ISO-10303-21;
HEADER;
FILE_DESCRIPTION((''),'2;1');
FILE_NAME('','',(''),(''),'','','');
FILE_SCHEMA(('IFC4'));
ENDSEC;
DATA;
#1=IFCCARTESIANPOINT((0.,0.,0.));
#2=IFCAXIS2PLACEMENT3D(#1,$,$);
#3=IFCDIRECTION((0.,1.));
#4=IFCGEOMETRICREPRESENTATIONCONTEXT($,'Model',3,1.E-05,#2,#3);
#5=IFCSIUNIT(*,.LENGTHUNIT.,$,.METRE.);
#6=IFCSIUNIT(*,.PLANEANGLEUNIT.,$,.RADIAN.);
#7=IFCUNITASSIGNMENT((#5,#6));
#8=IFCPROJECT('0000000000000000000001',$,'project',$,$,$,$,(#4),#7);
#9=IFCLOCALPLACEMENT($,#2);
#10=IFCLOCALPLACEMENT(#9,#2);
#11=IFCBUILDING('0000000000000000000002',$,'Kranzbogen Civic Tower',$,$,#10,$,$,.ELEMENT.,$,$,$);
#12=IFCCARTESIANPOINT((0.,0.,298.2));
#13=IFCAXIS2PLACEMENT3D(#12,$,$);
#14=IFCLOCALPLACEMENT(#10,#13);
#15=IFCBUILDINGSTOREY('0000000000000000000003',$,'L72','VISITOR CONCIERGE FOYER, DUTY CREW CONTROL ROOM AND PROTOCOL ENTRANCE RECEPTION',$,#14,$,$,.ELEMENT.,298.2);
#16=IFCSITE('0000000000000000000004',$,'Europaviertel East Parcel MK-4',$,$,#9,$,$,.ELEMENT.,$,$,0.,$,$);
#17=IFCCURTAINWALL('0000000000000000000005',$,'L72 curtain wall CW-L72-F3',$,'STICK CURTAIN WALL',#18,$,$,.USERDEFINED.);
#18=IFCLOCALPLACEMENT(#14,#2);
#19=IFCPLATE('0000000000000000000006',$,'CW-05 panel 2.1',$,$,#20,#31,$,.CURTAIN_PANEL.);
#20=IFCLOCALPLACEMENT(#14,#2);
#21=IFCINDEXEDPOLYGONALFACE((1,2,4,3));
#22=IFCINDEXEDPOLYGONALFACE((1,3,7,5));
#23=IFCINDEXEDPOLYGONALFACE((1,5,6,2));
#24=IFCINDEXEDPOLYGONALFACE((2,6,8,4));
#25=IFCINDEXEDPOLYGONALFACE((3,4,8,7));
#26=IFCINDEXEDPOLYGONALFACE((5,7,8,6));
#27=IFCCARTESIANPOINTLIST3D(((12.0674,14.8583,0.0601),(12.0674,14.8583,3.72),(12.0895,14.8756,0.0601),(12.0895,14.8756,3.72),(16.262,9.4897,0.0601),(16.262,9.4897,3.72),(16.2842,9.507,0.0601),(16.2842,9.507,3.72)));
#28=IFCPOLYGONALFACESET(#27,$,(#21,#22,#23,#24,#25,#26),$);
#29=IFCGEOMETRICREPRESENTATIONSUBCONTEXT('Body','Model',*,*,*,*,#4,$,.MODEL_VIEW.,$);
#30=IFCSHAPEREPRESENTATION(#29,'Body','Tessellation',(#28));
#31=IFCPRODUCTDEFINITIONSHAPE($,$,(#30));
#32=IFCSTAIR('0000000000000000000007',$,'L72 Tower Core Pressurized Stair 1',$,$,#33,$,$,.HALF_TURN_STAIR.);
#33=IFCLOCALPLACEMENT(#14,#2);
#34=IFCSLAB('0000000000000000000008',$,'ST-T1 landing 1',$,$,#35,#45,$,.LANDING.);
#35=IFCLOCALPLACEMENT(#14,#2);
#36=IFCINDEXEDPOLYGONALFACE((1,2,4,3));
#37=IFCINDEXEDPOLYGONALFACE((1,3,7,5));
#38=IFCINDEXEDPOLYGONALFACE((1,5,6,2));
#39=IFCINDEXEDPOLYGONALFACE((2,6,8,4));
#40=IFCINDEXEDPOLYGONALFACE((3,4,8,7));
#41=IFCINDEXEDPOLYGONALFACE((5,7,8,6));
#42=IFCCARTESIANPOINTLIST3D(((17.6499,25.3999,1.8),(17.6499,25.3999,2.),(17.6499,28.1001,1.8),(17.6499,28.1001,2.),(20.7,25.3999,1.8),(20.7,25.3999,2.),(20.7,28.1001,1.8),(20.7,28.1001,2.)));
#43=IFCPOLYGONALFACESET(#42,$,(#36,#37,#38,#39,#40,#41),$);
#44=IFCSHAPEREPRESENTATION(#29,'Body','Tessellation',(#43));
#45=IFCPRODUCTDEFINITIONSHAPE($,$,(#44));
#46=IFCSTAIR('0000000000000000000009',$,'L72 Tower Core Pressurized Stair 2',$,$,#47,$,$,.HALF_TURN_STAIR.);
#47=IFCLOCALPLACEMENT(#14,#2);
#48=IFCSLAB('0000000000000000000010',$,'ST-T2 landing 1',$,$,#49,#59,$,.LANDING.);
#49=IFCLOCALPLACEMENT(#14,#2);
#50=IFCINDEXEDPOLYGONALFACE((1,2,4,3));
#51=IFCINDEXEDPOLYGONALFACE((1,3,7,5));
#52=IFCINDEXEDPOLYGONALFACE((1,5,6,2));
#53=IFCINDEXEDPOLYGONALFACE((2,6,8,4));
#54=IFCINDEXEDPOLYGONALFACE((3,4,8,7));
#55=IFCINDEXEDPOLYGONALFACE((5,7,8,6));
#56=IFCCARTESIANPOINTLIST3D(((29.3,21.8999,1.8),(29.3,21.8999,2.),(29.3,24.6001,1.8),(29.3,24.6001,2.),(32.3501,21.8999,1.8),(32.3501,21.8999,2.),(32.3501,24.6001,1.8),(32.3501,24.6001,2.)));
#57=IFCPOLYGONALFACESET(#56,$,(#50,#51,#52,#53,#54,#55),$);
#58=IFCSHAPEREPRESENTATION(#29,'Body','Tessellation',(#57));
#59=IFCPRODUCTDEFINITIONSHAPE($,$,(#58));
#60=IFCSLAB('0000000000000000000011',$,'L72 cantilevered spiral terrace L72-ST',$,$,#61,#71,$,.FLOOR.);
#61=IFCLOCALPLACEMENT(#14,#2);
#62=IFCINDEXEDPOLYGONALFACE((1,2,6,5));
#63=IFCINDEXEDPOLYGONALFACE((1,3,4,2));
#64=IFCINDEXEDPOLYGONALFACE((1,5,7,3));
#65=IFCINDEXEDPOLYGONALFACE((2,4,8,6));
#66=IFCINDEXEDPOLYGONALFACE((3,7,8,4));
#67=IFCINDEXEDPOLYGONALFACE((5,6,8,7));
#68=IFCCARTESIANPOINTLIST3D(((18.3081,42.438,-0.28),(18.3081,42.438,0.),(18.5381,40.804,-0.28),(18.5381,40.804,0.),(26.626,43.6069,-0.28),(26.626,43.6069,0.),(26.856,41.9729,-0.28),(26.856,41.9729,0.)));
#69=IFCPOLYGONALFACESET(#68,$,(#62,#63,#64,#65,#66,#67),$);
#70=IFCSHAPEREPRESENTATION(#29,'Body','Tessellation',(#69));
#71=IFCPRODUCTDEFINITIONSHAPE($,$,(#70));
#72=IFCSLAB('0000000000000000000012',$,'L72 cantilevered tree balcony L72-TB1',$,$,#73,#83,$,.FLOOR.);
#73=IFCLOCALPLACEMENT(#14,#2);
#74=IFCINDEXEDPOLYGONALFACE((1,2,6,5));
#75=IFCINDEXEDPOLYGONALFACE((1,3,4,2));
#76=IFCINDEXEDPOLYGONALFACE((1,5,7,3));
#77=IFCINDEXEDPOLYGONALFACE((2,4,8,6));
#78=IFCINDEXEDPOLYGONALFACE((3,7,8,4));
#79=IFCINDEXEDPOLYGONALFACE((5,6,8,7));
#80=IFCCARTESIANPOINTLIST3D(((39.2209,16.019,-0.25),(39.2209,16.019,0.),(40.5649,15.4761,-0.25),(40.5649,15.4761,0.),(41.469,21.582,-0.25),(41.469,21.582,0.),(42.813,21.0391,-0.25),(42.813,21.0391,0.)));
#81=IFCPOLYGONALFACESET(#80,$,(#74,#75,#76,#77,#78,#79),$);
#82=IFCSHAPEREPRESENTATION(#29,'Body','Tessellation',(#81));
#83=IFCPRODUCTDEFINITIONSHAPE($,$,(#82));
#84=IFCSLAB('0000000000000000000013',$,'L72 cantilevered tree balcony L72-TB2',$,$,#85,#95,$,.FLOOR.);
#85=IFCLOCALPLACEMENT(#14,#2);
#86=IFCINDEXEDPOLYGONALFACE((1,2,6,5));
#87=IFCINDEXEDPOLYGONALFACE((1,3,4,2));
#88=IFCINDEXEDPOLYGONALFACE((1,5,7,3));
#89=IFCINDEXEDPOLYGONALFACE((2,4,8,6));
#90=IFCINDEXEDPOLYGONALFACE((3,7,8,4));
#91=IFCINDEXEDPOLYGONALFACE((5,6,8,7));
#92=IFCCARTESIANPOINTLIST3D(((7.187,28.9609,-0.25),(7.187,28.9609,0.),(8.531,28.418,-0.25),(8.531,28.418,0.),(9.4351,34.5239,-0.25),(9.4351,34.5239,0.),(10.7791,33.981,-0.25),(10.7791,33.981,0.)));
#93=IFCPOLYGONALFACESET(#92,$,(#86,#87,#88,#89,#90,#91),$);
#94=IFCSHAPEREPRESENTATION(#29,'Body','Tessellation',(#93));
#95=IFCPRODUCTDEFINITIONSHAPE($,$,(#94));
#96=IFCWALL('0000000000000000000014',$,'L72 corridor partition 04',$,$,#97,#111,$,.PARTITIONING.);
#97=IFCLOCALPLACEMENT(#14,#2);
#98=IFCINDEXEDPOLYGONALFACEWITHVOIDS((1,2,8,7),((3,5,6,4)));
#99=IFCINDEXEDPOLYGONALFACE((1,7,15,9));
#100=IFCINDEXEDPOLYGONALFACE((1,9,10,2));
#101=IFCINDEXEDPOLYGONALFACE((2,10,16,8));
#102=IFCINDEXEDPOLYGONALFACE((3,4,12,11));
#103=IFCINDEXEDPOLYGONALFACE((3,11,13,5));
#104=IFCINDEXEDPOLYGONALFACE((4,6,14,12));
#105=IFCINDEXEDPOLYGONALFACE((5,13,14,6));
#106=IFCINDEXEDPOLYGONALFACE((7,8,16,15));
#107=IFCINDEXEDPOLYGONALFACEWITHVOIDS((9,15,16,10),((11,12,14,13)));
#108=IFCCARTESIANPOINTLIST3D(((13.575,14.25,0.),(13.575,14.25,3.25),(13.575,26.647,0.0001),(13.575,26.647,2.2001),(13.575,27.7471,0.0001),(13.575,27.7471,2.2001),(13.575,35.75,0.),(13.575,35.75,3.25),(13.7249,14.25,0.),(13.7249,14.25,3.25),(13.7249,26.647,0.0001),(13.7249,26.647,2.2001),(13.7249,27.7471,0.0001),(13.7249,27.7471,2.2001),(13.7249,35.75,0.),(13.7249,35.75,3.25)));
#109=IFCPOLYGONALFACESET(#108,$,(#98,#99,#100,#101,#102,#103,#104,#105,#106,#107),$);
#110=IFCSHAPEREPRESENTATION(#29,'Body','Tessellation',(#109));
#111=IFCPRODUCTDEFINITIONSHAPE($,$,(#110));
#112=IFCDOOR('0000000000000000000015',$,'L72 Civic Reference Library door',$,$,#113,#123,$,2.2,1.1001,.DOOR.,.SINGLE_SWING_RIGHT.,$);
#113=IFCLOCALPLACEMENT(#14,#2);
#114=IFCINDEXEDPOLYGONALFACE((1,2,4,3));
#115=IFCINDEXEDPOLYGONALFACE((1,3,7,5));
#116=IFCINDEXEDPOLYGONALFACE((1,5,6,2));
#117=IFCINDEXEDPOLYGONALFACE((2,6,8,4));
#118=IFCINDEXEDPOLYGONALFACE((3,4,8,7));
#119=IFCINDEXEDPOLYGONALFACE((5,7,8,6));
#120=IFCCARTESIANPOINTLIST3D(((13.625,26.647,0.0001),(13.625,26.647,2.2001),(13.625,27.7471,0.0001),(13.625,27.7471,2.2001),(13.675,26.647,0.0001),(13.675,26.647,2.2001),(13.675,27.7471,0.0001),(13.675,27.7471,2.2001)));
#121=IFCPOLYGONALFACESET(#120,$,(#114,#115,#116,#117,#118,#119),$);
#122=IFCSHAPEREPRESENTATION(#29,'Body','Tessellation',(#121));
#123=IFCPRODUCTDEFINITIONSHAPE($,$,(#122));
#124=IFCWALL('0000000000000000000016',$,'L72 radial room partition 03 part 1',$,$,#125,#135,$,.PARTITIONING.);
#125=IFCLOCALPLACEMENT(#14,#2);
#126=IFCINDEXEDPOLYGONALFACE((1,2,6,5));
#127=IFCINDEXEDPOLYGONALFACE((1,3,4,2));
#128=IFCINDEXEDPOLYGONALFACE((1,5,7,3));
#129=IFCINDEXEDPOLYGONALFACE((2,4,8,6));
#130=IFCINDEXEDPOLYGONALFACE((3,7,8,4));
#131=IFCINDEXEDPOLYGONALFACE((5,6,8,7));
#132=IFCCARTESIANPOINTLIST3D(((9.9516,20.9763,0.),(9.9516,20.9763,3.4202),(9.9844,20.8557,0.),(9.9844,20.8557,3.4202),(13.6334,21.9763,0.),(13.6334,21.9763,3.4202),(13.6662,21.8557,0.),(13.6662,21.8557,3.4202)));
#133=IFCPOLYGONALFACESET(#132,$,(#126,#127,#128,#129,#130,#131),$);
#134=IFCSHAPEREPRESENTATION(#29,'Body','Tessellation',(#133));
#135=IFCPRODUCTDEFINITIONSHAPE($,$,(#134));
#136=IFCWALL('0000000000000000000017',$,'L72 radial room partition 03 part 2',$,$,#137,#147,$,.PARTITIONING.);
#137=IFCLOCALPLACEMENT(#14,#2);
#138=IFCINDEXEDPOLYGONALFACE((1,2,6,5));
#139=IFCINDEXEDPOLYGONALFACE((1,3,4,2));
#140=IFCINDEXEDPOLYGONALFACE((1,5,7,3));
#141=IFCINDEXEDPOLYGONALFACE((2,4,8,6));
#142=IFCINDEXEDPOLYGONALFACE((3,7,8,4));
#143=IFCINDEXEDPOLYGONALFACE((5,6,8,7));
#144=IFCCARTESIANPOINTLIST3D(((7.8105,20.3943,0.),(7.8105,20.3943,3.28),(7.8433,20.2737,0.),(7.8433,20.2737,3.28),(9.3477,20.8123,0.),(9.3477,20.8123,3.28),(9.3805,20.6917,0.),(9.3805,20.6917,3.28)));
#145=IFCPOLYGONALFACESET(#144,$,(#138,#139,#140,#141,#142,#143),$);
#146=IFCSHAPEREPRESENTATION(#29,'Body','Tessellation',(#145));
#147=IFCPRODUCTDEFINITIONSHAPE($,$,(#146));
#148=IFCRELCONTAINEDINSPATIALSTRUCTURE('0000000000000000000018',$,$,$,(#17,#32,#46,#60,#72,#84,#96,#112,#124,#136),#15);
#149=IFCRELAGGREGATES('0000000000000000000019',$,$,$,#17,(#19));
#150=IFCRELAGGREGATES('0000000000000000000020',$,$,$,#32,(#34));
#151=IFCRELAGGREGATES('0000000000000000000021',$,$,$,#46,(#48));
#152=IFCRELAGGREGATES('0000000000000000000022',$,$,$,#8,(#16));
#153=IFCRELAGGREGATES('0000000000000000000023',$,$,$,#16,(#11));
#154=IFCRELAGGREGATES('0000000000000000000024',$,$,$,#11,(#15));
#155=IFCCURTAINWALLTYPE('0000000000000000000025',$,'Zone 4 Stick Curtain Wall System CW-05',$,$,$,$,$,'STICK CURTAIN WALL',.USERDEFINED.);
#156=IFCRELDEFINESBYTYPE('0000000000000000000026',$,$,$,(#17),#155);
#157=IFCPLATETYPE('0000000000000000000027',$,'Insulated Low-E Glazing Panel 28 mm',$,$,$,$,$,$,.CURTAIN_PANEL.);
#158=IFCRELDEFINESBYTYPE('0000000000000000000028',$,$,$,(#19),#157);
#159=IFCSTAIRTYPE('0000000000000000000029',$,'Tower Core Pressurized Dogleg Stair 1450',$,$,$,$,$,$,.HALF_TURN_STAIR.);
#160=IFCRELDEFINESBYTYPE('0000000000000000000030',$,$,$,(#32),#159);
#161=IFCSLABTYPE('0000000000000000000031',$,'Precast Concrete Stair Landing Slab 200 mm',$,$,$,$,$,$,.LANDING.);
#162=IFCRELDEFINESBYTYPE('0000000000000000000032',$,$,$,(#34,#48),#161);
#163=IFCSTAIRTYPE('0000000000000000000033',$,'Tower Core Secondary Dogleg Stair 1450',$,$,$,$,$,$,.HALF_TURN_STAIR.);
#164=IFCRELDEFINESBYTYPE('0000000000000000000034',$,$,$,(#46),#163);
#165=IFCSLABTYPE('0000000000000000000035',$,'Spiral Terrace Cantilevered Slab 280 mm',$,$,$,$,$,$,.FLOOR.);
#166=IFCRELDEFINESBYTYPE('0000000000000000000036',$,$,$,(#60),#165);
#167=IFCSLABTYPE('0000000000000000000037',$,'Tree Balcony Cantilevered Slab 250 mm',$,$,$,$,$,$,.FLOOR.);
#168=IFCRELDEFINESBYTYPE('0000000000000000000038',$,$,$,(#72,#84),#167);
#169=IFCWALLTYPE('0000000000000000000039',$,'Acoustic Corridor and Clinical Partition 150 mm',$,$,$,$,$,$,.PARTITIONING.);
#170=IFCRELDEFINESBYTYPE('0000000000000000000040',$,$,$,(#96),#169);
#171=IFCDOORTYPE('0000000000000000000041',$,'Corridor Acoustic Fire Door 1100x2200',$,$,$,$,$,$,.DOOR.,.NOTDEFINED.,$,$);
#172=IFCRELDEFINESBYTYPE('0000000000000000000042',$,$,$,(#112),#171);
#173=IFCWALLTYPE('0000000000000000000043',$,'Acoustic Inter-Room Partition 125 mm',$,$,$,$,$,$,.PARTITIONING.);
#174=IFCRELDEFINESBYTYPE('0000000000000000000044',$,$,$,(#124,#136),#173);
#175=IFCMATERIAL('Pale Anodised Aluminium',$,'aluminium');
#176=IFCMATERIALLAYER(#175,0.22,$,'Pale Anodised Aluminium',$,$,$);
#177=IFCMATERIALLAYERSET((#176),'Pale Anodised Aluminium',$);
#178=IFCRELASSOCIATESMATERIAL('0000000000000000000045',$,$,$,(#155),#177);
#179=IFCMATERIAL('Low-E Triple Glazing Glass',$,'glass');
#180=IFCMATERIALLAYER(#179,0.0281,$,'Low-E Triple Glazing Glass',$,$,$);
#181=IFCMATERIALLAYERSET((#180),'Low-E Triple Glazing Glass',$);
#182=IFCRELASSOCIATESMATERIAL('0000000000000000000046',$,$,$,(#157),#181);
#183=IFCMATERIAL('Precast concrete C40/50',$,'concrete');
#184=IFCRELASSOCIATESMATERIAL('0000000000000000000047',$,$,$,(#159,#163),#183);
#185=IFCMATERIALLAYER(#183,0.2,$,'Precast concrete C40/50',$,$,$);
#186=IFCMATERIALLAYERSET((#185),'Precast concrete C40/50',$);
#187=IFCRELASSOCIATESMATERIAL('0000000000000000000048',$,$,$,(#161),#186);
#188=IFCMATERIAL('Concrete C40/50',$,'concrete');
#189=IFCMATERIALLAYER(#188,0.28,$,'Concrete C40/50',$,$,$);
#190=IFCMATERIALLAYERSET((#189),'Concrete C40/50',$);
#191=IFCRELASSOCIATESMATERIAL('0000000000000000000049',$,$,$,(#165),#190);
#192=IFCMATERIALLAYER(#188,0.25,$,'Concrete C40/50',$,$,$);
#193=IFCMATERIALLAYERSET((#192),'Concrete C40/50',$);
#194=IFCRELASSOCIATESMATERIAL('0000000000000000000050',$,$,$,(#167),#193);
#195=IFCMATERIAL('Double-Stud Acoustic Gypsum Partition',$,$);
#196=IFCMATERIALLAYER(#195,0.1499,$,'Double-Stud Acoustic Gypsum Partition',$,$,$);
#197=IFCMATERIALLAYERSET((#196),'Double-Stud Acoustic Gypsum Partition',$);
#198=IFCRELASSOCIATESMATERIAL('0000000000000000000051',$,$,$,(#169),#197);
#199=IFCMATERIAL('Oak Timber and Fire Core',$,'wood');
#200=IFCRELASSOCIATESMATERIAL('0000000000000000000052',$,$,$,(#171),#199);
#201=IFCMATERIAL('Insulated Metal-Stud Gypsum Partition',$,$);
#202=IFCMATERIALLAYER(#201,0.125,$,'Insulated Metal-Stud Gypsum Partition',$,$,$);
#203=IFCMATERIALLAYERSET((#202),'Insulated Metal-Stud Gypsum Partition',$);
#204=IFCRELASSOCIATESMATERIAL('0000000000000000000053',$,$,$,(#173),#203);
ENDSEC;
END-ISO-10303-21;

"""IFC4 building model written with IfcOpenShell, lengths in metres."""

from ifc_helpers import new_model, si_unit, direction, frame, frame_2d, origin, origin_2d, place, context, subcontext, project, spatial, polyline, rectangle, outline, extrude, material, layer, layer_set, type_object, element, fill, aggregate, save


model = new_model("IFC4")

# Units and contexts
model_context = context("Model", 3, precision=1e-05, world=origin(), true_north=direction((0.0, 1.0)))
body_context = subcontext(model_context, "Body", "Model", "MODEL_VIEW")
ifc_project = project(units=[si_unit("LENGTHUNIT", "METRE"), si_unit("PLANEANGLEUNIT", "RADIAN")], contexts=[model_context])

# Site, building, storey
site_placement = place(None, origin())
site = spatial("IfcSite", under=ifc_project, at=site_placement, Name="Europaviertel East Parcel MK-4", CompositionType="ELEMENT", RefElevation=0.0)
building_placement = place(site_placement, origin())
building = spatial("IfcBuilding", under=site, at=building_placement, Name="Kranzbogen Civic Tower", CompositionType="ELEMENT")
storey_placement = place(building_placement, frame((0.0, 0.0, 298.2)))
storey = spatial("IfcBuildingStorey", under=building, at=storey_placement, Name="L72", Description="VISITOR CONCIERGE FOYER, DUTY CREW CONTROL ROOM AND PROTOCOL ENTRANCE RECEPTION", CompositionType="ELEMENT", Elevation=298.2)

# Curtain wall
ifc_material_1 = material(Name="Pale Anodised Aluminium", Category="aluminium")
ifc_layer_1 = layer(ifc_material_1, 0.22, Name="Pale Anodised Aluminium")
ifc_layer_set_1 = layer_set([ifc_layer_1], Name="Pale Anodised Aluminium")
curtain_wall_type = type_object("IfcCurtainWallType", Name="Zone 4 Stick Curtain Wall System CW-05", ElementType="STICK CURTAIN WALL", PredefinedType="USERDEFINED", material=ifc_layer_set_1)
curtain_wall_placement = place(storey_placement, origin())
curtain_wall = element("IfcCurtainWall", 1, at=curtain_wall_placement, inside=storey, type_object=curtain_wall_type, Name="L72 curtain wall CW-L72-F3", ObjectType="STICK CURTAIN WALL", PredefinedType="USERDEFINED")

# Shared definitions
ifc_material_2 = material(Name="Concrete C40/50", Category="concrete")

# Plate
ifc_material_3 = material(Name="Low-E Triple Glazing Glass", Category="glass")
ifc_layer_2 = layer(ifc_material_3, 0.0281, Name="Low-E Triple Glazing Glass")
ifc_layer_set_2 = layer_set([ifc_layer_2], Name="Low-E Triple Glazing Glass")
plate_type = type_object("IfcPlateType", Name="Insulated Low-E Glazing Panel 28 mm", PredefinedType="CURTAIN_PANEL", material=ifc_layer_set_2)
plate_1_placement = place(storey_placement, frame((14.1758, 12.1826, 0.0601), z_axis=(0.0, 0.0, 1.0), x_axis=(0.615679, -0.787997, 0.0)))
plate_1 = element("IfcPlate", 2, at=plate_1_placement, type_object=plate_type, Name="CW-05 panel 2.1", PredefinedType="CURTAIN_PANEL", context=body_context, shape_type="SweptSolid", body=[
    extrude(rectangle(XDim=6.813, YDim=0.0281, at=origin_2d()), origin(), (0.0, 0.0, 1.0), 3.6599),
])
aggregate(curtain_wall, [plate_1])

# Stairs, slabs
ifc_material_4 = material(Name="Precast concrete C40/50", Category="concrete")
stair_type_1 = type_object("IfcStairType", Name="Tower Core Pressurized Dogleg Stair 1450", PredefinedType="HALF_TURN_STAIR", material=ifc_material_4)
stair_1_placement = place(storey_placement, origin())
stair_1 = element("IfcStair", 3, at=stair_1_placement, inside=storey, type_object=stair_type_1, Name="L72 Tower Core Pressurized Stair 1", PredefinedType="HALF_TURN_STAIR")
ifc_layer_3 = layer(ifc_material_4, 0.2, Name="Precast concrete C40/50")
ifc_layer_set_3 = layer_set([ifc_layer_3], Name="Precast concrete C40/50")
slab_type_1 = type_object("IfcSlabType", Name="Precast Concrete Stair Landing Slab 200 mm", PredefinedType="LANDING", material=ifc_layer_set_3)
slab_1_placement = place(storey_placement, frame((0.0, 0.0, 1.8)))
slab_1 = element("IfcSlab", 4, at=slab_1_placement, type_object=slab_type_1, Name="ST-T1 landing 1", PredefinedType="LANDING", context=body_context, shape_type="SweptSolid", body=[
    extrude(outline(polyline([(20.7, 25.3999), (20.7, 28.1001), (17.6499, 28.1001), (17.6499, 25.3999), (20.7, 25.3999)])), origin(), (0.0, 0.0, 1.0), 0.2),
])
aggregate(stair_1, [slab_1])
stair_type_2 = type_object("IfcStairType", Name="Tower Core Secondary Dogleg Stair 1450", PredefinedType="HALF_TURN_STAIR", material=ifc_material_4)
stair_2_placement = place(storey_placement, origin())
stair_2 = element("IfcStair", 5, at=stair_2_placement, inside=storey, type_object=stair_type_2, Name="L72 Tower Core Pressurized Stair 2", PredefinedType="HALF_TURN_STAIR")
slab_2_placement = place(storey_placement, frame((0.0, 0.0, 1.8)))
slab_2 = element("IfcSlab", 6, at=slab_2_placement, type_object=slab_type_1, Name="ST-T2 landing 1", PredefinedType="LANDING", context=body_context, shape_type="SweptSolid", body=[
    extrude(outline(polyline([(29.3, 24.6001), (29.3, 21.8999), (32.3501, 21.8999), (32.3501, 24.6001), (29.3, 24.6001)])), origin(), (0.0, 0.0, 1.0), 0.2),
])
aggregate(stair_2, [slab_2])

# Slabs
ifc_layer_4 = layer(ifc_material_2, 0.28, Name="Concrete C40/50")
ifc_layer_set_4 = layer_set([ifc_layer_4], Name="Concrete C40/50")
slab_type_2 = type_object("IfcSlabType", Name="Spiral Terrace Cantilevered Slab 280 mm", PredefinedType="FLOOR", material=ifc_layer_set_4)
slab_3_placement = place(storey_placement, frame((0.0, 0.0, -0.28)))
element("IfcSlab", 7, at=slab_3_placement, inside=storey, type_object=slab_type_2, Name="L72 cantilevered spiral terrace L72-ST", PredefinedType="FLOOR", context=body_context, shape_type="SweptSolid", body=[
    extrude(outline(polyline([(26.856, 41.9729), (18.5381, 40.804), (18.3081, 42.438), (26.626, 43.6069), (26.856, 41.9729)])), origin(), (0.0, 0.0, 1.0), 0.28),
])
ifc_layer_5 = layer(ifc_material_2, 0.25, Name="Concrete C40/50")
ifc_layer_set_5 = layer_set([ifc_layer_5], Name="Concrete C40/50")
slab_type_3 = type_object("IfcSlabType", Name="Tree Balcony Cantilevered Slab 250 mm", PredefinedType="FLOOR", material=ifc_layer_set_5)
slab_4_placement = place(storey_placement, frame((0.0, 0.0, -0.25)))
element("IfcSlab", 8, at=slab_4_placement, inside=storey, type_object=slab_type_3, Name="L72 cantilevered tree balcony L72-TB1", PredefinedType="FLOOR", context=body_context, shape_type="SweptSolid", body=[
    extrude(outline(polyline([(39.2209, 16.019), (41.469, 21.582), (42.813, 21.0391), (40.5649, 15.4761), (39.2209, 16.019)])), origin(), (0.0, 0.0, 1.0), 0.25),
])
slab_5_placement = place(storey_placement, frame((0.0, 0.0, -0.25)))
element("IfcSlab", 9, at=slab_5_placement, inside=storey, type_object=slab_type_3, Name="L72 cantilevered tree balcony L72-TB2", PredefinedType="FLOOR", context=body_context, shape_type="SweptSolid", body=[
    extrude(outline(polyline([(10.7791, 33.981), (8.531, 28.418), (7.187, 28.9609), (9.4351, 34.5239), (10.7791, 33.981)])), origin(), (0.0, 0.0, 1.0), 0.25),
])

# Wall, opening, door
ifc_material_5 = material(Name="Double-Stud Acoustic Gypsum Partition")
ifc_layer_6 = layer(ifc_material_5, 0.1499, Name="Double-Stud Acoustic Gypsum Partition")
ifc_layer_set_6 = layer_set([ifc_layer_6], Name="Double-Stud Acoustic Gypsum Partition")
wall_type_1 = type_object("IfcWallType", Name="Acoustic Corridor and Clinical Partition 150 mm", PredefinedType="PARTITIONING", material=ifc_layer_set_6)
wall_1_placement = place(storey_placement, frame((13.6499, 14.25, 0.0), z_axis=(0.0, 0.0, 1.0), x_axis=(0.0, 1.0, 0.0)))
wall_1 = element("IfcWall", 10, at=wall_1_placement, inside=storey, type_object=wall_type_1, Name="L72 corridor partition 04", PredefinedType="PARTITIONING", context=body_context, shape_type="SweptSolid", body=[
    extrude(rectangle(XDim=21.5, YDim=0.1499, at=frame_2d((10.75, 0.0))), origin(), (0.0, 0.0, 1.0), 3.25),
])
opening_placement = place(wall_1_placement, frame((12.397, 0.0, 0.0)))
opening = element("IfcOpeningElement", 11, at=opening_placement, cuts=wall_1, PredefinedType="OPENING", context=body_context, shape_type="SweptSolid", body=[
    extrude(rectangle(XDim=1.1001, YDim=2.2, at=frame_2d((0.55, 1.1001))), frame((0.0, 0.085, 0.0), z_axis=(0.0, -1.0, 0.0), x_axis=(1.0, 0.0, 0.0)), (0.0, 0.0, 1.0), 0.1699),
])
ifc_material_6 = material(Name="Oak Timber and Fire Core", Category="wood")
door_type = type_object("IfcDoorType", Name="Corridor Acoustic Fire Door 1100x2200", OperationType="NOTDEFINED", PredefinedType="DOOR", material=ifc_material_6)
door_placement = place(opening_placement, origin())
door = element("IfcDoor", 12, at=door_placement, inside=storey, type_object=door_type, Name="L72 Civic Reference Library door", OperationType="SINGLE_SWING_RIGHT", OverallHeight=2.2, OverallWidth=1.1001, PredefinedType="DOOR", context=body_context, shape_type="SweptSolid", body=[
    extrude(rectangle(XDim=1.1001, YDim=2.2, at=frame_2d((0.55, 1.1001))), frame((0.0, 0.0249, 0.0), z_axis=(0.0, -1.0, 0.0), x_axis=(1.0, 0.0, 0.0)), (0.0, 0.0, 1.0), 0.05),
])
fill(opening, door)

# Walls
ifc_material_7 = material(Name="Insulated Metal-Stud Gypsum Partition")
ifc_layer_7 = layer(ifc_material_7, 0.125, Name="Insulated Metal-Stud Gypsum Partition")
ifc_layer_set_7 = layer_set([ifc_layer_7], Name="Insulated Metal-Stud Gypsum Partition")
wall_type_2 = type_object("IfcWallType", Name="Acoustic Inter-Room Partition 125 mm", PredefinedType="PARTITIONING", material=ifc_layer_set_7)
wall_2_placement = place(storey_placement, frame((13.6499, 21.916, 0.0), z_axis=(0.0, 0.0, 1.0), x_axis=(-0.965039, -0.262105, 0.0)))
element("IfcWall", 13, at=wall_2_placement, inside=storey, type_object=wall_type_2, Name="L72 radial room partition 03 part 1", PredefinedType="PARTITIONING", context=body_context, shape_type="SweptSolid", body=[
    extrude(rectangle(XDim=3.8152, YDim=0.125, at=frame_2d((1.9077, 0.0))), origin(), (0.0, 0.0, 1.0), 3.4202),
])
wall_3_placement = place(storey_placement, frame((9.364, 20.752, 0.0), z_axis=(0.0, 0.0, 1.0), x_axis=(-0.964962, -0.262391, 0.0)))
element("IfcWall", 14, at=wall_3_placement, inside=storey, type_object=wall_type_2, Name="L72 radial room partition 03 part 2", PredefinedType="PARTITIONING", context=body_context, shape_type="SweptSolid", body=[
    extrude(rectangle(XDim=1.593, YDim=0.125, at=frame_2d((0.7964, 0.0))), origin(), (0.0, 0.0, 1.0), 3.28),
])

save(model, "model.ifc")
